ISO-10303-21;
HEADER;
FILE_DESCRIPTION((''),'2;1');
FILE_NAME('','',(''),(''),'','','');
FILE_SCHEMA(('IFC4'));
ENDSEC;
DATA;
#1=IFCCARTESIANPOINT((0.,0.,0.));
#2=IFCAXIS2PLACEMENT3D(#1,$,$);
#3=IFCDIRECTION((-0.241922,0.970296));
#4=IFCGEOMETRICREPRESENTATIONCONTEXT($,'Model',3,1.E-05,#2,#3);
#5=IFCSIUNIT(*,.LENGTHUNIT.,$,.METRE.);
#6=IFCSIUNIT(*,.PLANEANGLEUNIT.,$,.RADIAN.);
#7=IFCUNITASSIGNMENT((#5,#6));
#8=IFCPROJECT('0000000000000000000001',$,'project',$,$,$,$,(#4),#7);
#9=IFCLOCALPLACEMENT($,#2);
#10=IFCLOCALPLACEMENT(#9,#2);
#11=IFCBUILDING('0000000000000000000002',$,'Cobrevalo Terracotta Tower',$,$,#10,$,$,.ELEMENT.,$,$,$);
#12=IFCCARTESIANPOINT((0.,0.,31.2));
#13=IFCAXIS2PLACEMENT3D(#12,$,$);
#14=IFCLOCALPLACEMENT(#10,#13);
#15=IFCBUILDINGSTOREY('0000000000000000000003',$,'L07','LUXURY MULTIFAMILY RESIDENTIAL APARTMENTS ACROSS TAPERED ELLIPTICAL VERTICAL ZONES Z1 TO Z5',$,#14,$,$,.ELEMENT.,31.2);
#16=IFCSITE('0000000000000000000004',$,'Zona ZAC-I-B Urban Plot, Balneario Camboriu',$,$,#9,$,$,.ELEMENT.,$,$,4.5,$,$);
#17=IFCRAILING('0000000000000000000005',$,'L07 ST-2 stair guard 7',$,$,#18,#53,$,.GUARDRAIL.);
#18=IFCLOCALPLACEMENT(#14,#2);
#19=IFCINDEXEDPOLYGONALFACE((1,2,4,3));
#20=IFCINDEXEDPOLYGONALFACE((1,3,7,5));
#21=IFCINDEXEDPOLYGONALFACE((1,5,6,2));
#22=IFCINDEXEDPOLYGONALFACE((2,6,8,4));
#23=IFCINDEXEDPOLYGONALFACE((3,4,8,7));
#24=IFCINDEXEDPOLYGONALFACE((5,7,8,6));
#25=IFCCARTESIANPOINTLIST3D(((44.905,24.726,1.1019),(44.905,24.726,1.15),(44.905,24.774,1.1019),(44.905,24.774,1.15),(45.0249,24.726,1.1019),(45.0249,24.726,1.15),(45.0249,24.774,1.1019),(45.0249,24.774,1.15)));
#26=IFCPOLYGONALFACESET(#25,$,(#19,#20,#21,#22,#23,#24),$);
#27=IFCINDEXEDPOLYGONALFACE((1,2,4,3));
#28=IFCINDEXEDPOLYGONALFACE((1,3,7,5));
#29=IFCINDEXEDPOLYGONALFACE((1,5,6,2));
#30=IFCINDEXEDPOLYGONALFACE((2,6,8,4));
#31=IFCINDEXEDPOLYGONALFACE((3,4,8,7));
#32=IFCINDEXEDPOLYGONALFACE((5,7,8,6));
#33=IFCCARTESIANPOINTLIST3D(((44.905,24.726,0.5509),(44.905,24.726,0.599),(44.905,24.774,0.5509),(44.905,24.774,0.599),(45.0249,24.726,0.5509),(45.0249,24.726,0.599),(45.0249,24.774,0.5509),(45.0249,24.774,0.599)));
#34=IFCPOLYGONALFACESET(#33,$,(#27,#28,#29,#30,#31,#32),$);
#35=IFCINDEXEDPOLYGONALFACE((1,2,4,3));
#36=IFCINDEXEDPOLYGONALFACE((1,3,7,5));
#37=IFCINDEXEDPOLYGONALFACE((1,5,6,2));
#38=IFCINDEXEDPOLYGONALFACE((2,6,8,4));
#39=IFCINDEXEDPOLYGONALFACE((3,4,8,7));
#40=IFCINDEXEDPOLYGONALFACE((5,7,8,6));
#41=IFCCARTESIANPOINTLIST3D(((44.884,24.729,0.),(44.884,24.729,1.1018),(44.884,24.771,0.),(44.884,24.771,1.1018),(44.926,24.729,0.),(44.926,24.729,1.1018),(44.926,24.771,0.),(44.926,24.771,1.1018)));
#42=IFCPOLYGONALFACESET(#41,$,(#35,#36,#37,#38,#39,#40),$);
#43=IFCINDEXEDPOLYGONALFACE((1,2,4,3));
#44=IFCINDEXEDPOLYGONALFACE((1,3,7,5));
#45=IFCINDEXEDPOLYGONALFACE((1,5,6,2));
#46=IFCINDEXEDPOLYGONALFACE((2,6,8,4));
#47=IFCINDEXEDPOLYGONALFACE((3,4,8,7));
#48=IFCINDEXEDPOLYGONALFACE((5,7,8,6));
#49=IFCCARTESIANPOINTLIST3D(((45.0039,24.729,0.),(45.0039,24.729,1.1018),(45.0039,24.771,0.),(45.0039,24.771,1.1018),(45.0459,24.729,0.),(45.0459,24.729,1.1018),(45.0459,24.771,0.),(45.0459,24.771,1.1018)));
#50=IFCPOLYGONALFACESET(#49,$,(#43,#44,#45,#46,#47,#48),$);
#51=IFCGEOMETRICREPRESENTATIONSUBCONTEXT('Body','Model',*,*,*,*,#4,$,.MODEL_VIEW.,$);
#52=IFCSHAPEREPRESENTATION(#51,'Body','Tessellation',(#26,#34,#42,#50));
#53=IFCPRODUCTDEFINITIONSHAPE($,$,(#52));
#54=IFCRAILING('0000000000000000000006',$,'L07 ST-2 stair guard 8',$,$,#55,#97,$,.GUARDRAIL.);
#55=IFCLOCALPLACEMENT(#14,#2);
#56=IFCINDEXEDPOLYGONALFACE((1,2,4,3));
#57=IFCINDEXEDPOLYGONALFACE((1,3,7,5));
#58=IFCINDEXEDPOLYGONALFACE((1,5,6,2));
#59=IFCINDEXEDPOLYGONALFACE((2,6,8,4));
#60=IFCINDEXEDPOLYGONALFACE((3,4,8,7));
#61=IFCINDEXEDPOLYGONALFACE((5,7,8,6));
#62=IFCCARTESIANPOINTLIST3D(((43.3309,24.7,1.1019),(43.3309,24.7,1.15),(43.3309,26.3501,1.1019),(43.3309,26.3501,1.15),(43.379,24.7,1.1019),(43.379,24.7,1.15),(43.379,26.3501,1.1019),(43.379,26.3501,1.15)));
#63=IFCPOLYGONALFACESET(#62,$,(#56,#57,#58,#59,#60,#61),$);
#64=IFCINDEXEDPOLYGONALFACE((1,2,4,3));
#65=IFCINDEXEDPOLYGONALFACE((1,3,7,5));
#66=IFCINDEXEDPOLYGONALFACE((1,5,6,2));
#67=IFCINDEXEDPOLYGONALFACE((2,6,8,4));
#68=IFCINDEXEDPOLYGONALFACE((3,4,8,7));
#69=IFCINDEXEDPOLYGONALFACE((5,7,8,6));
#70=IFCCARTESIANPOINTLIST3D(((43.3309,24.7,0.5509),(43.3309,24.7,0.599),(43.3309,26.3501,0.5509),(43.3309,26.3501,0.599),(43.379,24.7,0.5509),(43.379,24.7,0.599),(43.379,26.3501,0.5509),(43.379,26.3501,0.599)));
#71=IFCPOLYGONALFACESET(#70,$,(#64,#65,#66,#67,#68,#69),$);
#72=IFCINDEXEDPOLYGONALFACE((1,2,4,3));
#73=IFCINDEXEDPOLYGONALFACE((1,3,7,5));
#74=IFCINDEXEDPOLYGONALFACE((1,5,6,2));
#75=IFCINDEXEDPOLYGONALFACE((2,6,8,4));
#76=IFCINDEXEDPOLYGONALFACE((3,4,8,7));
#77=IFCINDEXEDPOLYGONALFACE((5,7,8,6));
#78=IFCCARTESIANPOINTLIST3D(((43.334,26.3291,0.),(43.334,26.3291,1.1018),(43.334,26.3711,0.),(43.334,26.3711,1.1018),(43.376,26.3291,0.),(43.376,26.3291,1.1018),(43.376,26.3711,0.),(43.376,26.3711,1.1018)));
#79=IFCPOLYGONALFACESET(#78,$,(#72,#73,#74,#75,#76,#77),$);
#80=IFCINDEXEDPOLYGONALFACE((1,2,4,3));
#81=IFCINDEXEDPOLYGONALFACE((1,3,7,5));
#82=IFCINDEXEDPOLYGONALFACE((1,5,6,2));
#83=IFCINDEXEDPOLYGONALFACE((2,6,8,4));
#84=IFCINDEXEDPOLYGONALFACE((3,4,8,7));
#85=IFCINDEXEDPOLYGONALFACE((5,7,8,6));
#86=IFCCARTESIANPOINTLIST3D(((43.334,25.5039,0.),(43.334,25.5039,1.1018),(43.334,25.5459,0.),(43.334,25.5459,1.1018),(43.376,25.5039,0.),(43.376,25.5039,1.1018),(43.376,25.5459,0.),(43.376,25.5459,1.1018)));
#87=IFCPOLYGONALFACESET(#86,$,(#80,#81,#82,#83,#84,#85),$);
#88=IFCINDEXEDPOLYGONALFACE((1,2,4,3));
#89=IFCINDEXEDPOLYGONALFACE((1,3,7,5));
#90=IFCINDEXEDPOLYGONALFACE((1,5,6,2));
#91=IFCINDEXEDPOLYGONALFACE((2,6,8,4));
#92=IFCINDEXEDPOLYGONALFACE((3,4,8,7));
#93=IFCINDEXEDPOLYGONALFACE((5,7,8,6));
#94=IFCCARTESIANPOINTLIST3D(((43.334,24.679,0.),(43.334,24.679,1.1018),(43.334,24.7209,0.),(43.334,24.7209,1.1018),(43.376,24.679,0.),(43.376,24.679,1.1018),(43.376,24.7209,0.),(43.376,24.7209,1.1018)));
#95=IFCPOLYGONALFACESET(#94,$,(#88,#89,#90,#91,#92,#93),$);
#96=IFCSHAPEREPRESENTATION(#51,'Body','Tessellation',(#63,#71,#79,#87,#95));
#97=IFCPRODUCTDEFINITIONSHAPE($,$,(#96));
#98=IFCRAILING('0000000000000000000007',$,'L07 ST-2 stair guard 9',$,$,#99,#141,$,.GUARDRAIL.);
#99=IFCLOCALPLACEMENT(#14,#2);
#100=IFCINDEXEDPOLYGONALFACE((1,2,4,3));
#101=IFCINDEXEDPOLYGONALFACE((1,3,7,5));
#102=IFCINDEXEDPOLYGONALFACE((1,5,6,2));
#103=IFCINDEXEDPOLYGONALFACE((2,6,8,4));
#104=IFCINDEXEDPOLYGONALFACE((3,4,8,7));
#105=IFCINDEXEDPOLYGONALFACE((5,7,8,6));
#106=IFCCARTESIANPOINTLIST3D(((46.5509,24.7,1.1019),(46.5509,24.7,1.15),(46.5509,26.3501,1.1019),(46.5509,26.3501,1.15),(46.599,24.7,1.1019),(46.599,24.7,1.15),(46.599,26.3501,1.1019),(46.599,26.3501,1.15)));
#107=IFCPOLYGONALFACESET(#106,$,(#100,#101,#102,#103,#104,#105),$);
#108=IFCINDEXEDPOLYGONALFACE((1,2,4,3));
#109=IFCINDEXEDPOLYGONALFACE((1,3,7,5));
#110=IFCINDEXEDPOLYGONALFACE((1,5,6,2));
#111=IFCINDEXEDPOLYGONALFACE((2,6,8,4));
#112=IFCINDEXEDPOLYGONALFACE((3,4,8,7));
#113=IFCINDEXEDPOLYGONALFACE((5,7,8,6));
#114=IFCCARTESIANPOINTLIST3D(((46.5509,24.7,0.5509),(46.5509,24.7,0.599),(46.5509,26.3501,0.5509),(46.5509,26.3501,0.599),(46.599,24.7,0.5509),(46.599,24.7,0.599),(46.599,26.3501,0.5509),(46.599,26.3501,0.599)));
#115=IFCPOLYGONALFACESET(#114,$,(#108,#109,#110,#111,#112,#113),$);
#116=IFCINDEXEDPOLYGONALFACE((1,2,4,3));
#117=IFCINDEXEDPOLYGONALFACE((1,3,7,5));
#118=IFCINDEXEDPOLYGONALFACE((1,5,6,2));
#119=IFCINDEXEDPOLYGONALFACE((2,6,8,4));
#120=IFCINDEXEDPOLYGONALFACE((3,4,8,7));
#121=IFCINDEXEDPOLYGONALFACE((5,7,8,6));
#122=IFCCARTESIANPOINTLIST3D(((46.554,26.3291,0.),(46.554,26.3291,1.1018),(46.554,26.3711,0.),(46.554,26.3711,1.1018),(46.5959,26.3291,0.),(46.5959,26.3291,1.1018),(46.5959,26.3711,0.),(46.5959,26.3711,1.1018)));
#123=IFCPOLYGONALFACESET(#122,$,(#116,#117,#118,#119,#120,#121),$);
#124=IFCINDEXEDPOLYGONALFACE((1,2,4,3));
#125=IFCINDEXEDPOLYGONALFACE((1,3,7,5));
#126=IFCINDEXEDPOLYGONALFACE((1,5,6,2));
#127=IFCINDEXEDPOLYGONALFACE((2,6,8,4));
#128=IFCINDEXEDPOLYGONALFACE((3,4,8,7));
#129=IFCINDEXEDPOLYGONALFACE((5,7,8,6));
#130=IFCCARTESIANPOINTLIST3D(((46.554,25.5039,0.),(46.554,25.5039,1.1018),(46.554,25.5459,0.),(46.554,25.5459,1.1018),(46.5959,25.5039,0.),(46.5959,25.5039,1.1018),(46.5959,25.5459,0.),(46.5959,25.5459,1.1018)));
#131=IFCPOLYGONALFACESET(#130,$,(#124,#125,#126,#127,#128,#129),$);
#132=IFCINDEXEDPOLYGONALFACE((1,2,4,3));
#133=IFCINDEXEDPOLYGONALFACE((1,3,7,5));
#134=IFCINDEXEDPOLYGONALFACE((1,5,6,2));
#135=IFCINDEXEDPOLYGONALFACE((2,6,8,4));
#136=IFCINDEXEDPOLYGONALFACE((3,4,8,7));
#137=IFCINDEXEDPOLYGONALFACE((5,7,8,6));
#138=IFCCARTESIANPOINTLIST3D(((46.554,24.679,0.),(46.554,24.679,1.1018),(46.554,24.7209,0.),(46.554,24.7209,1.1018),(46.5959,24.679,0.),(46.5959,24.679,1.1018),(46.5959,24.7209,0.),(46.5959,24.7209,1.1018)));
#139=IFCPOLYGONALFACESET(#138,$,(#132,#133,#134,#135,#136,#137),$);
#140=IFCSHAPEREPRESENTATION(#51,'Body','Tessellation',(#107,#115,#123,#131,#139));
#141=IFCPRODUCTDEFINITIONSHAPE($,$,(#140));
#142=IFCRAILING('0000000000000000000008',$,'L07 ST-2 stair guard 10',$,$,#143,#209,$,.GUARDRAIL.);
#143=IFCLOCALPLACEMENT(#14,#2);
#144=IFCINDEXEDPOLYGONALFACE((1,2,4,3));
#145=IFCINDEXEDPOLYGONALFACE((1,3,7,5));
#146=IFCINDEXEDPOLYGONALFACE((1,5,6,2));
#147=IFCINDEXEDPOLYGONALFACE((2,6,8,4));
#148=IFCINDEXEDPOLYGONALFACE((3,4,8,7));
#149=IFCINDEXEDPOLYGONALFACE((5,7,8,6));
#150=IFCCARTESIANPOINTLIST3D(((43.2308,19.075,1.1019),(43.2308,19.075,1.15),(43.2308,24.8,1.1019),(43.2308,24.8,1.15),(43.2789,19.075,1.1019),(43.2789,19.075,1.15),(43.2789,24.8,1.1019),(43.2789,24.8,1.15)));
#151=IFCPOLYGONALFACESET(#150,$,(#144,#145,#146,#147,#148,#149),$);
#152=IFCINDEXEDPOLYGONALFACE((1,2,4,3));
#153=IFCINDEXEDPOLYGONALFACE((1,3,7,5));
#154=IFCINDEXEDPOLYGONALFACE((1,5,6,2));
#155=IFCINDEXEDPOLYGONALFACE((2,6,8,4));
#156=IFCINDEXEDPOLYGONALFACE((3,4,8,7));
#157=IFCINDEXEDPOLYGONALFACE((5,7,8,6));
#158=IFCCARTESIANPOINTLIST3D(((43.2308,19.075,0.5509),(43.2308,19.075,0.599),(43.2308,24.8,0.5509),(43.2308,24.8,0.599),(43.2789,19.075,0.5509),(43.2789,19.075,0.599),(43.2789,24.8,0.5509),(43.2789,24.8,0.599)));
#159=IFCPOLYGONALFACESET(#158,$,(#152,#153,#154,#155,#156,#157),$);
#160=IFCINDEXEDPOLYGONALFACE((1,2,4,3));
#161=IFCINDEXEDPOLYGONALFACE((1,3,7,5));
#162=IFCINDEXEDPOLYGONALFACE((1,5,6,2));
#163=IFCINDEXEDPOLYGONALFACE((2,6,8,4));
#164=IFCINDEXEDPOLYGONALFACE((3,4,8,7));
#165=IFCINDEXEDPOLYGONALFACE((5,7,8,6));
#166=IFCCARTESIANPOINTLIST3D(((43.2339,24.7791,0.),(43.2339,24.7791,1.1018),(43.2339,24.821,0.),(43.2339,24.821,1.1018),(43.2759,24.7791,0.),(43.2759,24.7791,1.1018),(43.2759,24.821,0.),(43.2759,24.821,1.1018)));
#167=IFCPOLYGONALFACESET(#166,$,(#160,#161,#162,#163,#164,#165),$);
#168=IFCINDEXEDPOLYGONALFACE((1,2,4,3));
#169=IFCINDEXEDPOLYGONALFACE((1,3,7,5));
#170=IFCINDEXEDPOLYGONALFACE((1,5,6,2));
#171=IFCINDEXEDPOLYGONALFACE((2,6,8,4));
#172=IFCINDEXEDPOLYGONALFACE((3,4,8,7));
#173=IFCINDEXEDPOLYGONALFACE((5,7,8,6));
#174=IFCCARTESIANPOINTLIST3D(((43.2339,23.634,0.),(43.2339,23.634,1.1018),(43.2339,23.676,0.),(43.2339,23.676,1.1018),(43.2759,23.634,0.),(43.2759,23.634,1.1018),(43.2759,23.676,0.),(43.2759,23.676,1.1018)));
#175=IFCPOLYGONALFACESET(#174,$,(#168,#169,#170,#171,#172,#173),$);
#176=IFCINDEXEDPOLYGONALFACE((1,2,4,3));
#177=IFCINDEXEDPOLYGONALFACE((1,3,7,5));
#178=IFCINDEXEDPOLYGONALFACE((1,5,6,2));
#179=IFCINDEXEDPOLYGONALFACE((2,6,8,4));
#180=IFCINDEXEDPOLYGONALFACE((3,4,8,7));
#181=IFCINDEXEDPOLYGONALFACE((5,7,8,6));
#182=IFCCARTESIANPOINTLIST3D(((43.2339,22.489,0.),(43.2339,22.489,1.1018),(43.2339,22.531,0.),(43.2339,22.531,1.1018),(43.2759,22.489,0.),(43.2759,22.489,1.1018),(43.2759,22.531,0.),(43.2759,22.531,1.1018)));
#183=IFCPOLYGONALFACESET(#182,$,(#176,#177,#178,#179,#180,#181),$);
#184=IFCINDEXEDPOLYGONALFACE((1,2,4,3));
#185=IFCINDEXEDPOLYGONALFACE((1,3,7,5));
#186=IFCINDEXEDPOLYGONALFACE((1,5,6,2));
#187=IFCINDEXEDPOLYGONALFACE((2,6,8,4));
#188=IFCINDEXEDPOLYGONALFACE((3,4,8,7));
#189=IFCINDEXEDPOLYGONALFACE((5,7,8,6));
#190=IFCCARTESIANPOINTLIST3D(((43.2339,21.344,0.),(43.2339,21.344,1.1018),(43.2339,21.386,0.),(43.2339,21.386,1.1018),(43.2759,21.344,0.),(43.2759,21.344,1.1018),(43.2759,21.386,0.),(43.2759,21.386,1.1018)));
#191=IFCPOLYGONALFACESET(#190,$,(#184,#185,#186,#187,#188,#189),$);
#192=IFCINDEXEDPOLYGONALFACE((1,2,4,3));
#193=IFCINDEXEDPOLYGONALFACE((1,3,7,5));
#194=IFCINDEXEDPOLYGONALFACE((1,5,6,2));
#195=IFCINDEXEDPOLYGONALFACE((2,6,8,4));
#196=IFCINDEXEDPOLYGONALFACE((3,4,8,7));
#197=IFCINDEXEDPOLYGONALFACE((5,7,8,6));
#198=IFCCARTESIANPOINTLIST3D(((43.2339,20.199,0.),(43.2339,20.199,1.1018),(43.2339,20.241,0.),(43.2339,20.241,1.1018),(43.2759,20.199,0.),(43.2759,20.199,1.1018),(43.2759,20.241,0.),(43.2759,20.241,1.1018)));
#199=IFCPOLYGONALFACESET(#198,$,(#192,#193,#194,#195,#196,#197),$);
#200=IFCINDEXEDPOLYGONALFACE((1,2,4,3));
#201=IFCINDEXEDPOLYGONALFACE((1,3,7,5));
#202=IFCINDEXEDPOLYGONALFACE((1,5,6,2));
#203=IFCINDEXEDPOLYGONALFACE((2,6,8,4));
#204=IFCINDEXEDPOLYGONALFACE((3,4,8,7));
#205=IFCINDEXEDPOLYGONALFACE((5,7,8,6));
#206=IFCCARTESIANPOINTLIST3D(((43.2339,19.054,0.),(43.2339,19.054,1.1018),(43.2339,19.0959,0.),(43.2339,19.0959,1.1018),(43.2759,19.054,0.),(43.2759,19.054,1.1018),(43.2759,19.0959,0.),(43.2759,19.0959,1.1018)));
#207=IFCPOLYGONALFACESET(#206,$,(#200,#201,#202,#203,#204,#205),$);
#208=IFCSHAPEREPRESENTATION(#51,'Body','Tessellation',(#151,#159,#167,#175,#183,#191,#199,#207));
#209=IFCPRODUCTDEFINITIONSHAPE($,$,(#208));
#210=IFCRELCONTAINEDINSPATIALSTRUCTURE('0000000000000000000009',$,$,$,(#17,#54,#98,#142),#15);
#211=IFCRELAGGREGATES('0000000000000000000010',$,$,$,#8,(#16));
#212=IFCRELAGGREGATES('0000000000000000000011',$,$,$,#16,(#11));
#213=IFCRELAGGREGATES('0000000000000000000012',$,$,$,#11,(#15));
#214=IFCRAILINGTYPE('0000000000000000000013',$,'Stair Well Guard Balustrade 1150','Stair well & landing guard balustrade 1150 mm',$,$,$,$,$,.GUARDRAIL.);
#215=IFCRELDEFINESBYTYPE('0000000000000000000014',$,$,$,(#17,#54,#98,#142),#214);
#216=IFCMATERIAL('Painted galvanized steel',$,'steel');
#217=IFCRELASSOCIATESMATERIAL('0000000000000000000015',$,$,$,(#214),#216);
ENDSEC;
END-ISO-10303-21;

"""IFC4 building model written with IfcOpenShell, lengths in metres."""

from ifc_helpers import new_model, si_unit, direction, frame, origin, origin_2d, place, context, subcontext, project, spatial, rectangle, extrude, material, type_object, element, save


model = new_model("IFC4")

# Units and contexts
model_context = context("Model", 3, precision=1e-05, world=origin(), true_north=direction((-0.241922, 0.970296)))
body_context = subcontext(model_context, "Body", "Model", "MODEL_VIEW")
ifc_project = project(units=[si_unit("LENGTHUNIT", "METRE"), si_unit("PLANEANGLEUNIT", "RADIAN")], contexts=[model_context])

# Site, building, storey
site_placement = place(None, origin())
site = spatial("IfcSite", under=ifc_project, at=site_placement, Name="Zona ZAC-I-B Urban Plot, Balneario Camboriu", CompositionType="ELEMENT", RefElevation=4.5)
building_placement = place(site_placement, origin())
building = spatial("IfcBuilding", under=site, at=building_placement, Name="Cobrevalo Terracotta Tower", CompositionType="ELEMENT")
storey_placement = place(building_placement, frame((0.0, 0.0, 31.2)))
storey = spatial("IfcBuildingStorey", under=building, at=storey_placement, Name="L07", Description="LUXURY MULTIFAMILY RESIDENTIAL APARTMENTS ACROSS TAPERED ELLIPTICAL VERTICAL ZONES Z1 TO Z5", CompositionType="ELEMENT", Elevation=31.2)

# Railings
ifc_material_1 = material(Name="Painted galvanized steel", Category="steel")
railing_type = type_object("IfcRailingType", Name="Stair Well Guard Balustrade 1150", Description="Stair well & landing guard balustrade 1150 mm", PredefinedType="GUARDRAIL", material=ifc_material_1)
railing_1_placement = place(storey_placement, frame((44.905, 24.75, 0.0)))
element("IfcRailing", 1, at=railing_1_placement, inside=storey, type_object=railing_type, Name="L07 ST-2 stair guard 7", PredefinedType="GUARDRAIL", context=body_context, shape_type="SweptSolid", body=[
    extrude(rectangle(XDim=0.0481, YDim=0.0481, at=origin_2d()), frame((0.0, 0.0, 1.126), z_axis=(1.0, 0.0, 0.0), x_axis=(0.0, 1.0, 0.0)), (0.0, 0.0, 1.0), 0.1199),
    extrude(rectangle(XDim=0.0481, YDim=0.0481, at=origin_2d()), frame((0.0, 0.0, 0.575), z_axis=(1.0, 0.0, 0.0), x_axis=(0.0, 1.0, 0.0)), (0.0, 0.0, 1.0), 0.1199),
    extrude(rectangle(XDim=0.042, YDim=0.042, at=origin_2d()), origin(), (0.0, 0.0, 1.0), 1.1018),
    extrude(rectangle(XDim=0.042, YDim=0.042, at=origin_2d()), frame((0.1199, 0.0, 0.0)), (0.0, 0.0, 1.0), 1.1018),
])
for number, where, name in (
    (2, (43.355, 26.3501, 0.0), "L07 ST-2 stair guard 8"),
    (3, (46.575, 26.3501, 0.0), "L07 ST-2 stair guard 9"),
):
    element("IfcRailing", number, at=place(storey_placement, frame(where)), inside=storey, type_object=railing_type, Name=name, PredefinedType="GUARDRAIL", context=body_context, shape_type="SweptSolid", body=[
        extrude(rectangle(XDim=0.0481, YDim=0.0481, at=origin_2d()), frame((0.0, 0.0, 1.126), z_axis=(0.0, -1.0, 0.0), x_axis=(1.0, 0.0, 0.0)), (0.0, 0.0, 1.0), 1.6501),
        extrude(rectangle(XDim=0.0481, YDim=0.0481, at=origin_2d()), frame((0.0, 0.0, 0.575), z_axis=(0.0, -1.0, 0.0), x_axis=(1.0, 0.0, 0.0)), (0.0, 0.0, 1.0), 1.6501),
        extrude(rectangle(XDim=0.042, YDim=0.042, at=origin_2d()), origin(), (0.0, 0.0, 1.0), 1.1018),
        extrude(rectangle(XDim=0.042, YDim=0.042, at=origin_2d()), frame((0.0, -0.8252, 0.0)), (0.0, 0.0, 1.0), 1.1018),
        extrude(rectangle(XDim=0.042, YDim=0.042, at=origin_2d()), frame((0.0, -1.6501, 0.0)), (0.0, 0.0, 1.0), 1.1018),
    ])
for number, where, name in (
    (4, (43.2549, 24.8, 0.0), "L07 ST-2 stair guard 10"),
):
    element("IfcRailing", number, at=place(storey_placement, frame(where)), inside=storey, type_object=railing_type, Name=name, PredefinedType="GUARDRAIL", context=body_context, shape_type="SweptSolid", body=[
        extrude(rectangle(XDim=0.0481, YDim=0.0481, at=origin_2d()), frame((0.0, 0.0, 1.126), z_axis=(0.0, -1.0, 0.0), x_axis=(1.0, 0.0, 0.0)), (0.0, 0.0, 1.0), 5.7251),
        extrude(rectangle(XDim=0.0481, YDim=0.0481, at=origin_2d()), frame((0.0, 0.0, 0.575), z_axis=(0.0, -1.0, 0.0), x_axis=(1.0, 0.0, 0.0)), (0.0, 0.0, 1.0), 5.7251),
        extrude(rectangle(XDim=0.042, YDim=0.042, at=origin_2d()), origin(), (0.0, 0.0, 1.0), 1.1018),
        extrude(rectangle(XDim=0.042, YDim=0.042, at=origin_2d()), frame((0.0, -1.145, 0.0)), (0.0, 0.0, 1.0), 1.1018),
        extrude(rectangle(XDim=0.042, YDim=0.042, at=origin_2d()), frame((0.0, -2.29, 0.0)), (0.0, 0.0, 1.0), 1.1018),
        extrude(rectangle(XDim=0.042, YDim=0.042, at=origin_2d()), frame((0.0, -3.4351, 0.0)), (0.0, 0.0, 1.0), 1.1018),
        extrude(rectangle(XDim=0.042, YDim=0.042, at=origin_2d()), frame((0.0, -4.5801, 0.0)), (0.0, 0.0, 1.0), 1.1018),
        extrude(rectangle(XDim=0.042, YDim=0.042, at=origin_2d()), frame((0.0, -5.7251, 0.0)), (0.0, 0.0, 1.0), 1.1018),
    ])

save(model, "model.ifc")
